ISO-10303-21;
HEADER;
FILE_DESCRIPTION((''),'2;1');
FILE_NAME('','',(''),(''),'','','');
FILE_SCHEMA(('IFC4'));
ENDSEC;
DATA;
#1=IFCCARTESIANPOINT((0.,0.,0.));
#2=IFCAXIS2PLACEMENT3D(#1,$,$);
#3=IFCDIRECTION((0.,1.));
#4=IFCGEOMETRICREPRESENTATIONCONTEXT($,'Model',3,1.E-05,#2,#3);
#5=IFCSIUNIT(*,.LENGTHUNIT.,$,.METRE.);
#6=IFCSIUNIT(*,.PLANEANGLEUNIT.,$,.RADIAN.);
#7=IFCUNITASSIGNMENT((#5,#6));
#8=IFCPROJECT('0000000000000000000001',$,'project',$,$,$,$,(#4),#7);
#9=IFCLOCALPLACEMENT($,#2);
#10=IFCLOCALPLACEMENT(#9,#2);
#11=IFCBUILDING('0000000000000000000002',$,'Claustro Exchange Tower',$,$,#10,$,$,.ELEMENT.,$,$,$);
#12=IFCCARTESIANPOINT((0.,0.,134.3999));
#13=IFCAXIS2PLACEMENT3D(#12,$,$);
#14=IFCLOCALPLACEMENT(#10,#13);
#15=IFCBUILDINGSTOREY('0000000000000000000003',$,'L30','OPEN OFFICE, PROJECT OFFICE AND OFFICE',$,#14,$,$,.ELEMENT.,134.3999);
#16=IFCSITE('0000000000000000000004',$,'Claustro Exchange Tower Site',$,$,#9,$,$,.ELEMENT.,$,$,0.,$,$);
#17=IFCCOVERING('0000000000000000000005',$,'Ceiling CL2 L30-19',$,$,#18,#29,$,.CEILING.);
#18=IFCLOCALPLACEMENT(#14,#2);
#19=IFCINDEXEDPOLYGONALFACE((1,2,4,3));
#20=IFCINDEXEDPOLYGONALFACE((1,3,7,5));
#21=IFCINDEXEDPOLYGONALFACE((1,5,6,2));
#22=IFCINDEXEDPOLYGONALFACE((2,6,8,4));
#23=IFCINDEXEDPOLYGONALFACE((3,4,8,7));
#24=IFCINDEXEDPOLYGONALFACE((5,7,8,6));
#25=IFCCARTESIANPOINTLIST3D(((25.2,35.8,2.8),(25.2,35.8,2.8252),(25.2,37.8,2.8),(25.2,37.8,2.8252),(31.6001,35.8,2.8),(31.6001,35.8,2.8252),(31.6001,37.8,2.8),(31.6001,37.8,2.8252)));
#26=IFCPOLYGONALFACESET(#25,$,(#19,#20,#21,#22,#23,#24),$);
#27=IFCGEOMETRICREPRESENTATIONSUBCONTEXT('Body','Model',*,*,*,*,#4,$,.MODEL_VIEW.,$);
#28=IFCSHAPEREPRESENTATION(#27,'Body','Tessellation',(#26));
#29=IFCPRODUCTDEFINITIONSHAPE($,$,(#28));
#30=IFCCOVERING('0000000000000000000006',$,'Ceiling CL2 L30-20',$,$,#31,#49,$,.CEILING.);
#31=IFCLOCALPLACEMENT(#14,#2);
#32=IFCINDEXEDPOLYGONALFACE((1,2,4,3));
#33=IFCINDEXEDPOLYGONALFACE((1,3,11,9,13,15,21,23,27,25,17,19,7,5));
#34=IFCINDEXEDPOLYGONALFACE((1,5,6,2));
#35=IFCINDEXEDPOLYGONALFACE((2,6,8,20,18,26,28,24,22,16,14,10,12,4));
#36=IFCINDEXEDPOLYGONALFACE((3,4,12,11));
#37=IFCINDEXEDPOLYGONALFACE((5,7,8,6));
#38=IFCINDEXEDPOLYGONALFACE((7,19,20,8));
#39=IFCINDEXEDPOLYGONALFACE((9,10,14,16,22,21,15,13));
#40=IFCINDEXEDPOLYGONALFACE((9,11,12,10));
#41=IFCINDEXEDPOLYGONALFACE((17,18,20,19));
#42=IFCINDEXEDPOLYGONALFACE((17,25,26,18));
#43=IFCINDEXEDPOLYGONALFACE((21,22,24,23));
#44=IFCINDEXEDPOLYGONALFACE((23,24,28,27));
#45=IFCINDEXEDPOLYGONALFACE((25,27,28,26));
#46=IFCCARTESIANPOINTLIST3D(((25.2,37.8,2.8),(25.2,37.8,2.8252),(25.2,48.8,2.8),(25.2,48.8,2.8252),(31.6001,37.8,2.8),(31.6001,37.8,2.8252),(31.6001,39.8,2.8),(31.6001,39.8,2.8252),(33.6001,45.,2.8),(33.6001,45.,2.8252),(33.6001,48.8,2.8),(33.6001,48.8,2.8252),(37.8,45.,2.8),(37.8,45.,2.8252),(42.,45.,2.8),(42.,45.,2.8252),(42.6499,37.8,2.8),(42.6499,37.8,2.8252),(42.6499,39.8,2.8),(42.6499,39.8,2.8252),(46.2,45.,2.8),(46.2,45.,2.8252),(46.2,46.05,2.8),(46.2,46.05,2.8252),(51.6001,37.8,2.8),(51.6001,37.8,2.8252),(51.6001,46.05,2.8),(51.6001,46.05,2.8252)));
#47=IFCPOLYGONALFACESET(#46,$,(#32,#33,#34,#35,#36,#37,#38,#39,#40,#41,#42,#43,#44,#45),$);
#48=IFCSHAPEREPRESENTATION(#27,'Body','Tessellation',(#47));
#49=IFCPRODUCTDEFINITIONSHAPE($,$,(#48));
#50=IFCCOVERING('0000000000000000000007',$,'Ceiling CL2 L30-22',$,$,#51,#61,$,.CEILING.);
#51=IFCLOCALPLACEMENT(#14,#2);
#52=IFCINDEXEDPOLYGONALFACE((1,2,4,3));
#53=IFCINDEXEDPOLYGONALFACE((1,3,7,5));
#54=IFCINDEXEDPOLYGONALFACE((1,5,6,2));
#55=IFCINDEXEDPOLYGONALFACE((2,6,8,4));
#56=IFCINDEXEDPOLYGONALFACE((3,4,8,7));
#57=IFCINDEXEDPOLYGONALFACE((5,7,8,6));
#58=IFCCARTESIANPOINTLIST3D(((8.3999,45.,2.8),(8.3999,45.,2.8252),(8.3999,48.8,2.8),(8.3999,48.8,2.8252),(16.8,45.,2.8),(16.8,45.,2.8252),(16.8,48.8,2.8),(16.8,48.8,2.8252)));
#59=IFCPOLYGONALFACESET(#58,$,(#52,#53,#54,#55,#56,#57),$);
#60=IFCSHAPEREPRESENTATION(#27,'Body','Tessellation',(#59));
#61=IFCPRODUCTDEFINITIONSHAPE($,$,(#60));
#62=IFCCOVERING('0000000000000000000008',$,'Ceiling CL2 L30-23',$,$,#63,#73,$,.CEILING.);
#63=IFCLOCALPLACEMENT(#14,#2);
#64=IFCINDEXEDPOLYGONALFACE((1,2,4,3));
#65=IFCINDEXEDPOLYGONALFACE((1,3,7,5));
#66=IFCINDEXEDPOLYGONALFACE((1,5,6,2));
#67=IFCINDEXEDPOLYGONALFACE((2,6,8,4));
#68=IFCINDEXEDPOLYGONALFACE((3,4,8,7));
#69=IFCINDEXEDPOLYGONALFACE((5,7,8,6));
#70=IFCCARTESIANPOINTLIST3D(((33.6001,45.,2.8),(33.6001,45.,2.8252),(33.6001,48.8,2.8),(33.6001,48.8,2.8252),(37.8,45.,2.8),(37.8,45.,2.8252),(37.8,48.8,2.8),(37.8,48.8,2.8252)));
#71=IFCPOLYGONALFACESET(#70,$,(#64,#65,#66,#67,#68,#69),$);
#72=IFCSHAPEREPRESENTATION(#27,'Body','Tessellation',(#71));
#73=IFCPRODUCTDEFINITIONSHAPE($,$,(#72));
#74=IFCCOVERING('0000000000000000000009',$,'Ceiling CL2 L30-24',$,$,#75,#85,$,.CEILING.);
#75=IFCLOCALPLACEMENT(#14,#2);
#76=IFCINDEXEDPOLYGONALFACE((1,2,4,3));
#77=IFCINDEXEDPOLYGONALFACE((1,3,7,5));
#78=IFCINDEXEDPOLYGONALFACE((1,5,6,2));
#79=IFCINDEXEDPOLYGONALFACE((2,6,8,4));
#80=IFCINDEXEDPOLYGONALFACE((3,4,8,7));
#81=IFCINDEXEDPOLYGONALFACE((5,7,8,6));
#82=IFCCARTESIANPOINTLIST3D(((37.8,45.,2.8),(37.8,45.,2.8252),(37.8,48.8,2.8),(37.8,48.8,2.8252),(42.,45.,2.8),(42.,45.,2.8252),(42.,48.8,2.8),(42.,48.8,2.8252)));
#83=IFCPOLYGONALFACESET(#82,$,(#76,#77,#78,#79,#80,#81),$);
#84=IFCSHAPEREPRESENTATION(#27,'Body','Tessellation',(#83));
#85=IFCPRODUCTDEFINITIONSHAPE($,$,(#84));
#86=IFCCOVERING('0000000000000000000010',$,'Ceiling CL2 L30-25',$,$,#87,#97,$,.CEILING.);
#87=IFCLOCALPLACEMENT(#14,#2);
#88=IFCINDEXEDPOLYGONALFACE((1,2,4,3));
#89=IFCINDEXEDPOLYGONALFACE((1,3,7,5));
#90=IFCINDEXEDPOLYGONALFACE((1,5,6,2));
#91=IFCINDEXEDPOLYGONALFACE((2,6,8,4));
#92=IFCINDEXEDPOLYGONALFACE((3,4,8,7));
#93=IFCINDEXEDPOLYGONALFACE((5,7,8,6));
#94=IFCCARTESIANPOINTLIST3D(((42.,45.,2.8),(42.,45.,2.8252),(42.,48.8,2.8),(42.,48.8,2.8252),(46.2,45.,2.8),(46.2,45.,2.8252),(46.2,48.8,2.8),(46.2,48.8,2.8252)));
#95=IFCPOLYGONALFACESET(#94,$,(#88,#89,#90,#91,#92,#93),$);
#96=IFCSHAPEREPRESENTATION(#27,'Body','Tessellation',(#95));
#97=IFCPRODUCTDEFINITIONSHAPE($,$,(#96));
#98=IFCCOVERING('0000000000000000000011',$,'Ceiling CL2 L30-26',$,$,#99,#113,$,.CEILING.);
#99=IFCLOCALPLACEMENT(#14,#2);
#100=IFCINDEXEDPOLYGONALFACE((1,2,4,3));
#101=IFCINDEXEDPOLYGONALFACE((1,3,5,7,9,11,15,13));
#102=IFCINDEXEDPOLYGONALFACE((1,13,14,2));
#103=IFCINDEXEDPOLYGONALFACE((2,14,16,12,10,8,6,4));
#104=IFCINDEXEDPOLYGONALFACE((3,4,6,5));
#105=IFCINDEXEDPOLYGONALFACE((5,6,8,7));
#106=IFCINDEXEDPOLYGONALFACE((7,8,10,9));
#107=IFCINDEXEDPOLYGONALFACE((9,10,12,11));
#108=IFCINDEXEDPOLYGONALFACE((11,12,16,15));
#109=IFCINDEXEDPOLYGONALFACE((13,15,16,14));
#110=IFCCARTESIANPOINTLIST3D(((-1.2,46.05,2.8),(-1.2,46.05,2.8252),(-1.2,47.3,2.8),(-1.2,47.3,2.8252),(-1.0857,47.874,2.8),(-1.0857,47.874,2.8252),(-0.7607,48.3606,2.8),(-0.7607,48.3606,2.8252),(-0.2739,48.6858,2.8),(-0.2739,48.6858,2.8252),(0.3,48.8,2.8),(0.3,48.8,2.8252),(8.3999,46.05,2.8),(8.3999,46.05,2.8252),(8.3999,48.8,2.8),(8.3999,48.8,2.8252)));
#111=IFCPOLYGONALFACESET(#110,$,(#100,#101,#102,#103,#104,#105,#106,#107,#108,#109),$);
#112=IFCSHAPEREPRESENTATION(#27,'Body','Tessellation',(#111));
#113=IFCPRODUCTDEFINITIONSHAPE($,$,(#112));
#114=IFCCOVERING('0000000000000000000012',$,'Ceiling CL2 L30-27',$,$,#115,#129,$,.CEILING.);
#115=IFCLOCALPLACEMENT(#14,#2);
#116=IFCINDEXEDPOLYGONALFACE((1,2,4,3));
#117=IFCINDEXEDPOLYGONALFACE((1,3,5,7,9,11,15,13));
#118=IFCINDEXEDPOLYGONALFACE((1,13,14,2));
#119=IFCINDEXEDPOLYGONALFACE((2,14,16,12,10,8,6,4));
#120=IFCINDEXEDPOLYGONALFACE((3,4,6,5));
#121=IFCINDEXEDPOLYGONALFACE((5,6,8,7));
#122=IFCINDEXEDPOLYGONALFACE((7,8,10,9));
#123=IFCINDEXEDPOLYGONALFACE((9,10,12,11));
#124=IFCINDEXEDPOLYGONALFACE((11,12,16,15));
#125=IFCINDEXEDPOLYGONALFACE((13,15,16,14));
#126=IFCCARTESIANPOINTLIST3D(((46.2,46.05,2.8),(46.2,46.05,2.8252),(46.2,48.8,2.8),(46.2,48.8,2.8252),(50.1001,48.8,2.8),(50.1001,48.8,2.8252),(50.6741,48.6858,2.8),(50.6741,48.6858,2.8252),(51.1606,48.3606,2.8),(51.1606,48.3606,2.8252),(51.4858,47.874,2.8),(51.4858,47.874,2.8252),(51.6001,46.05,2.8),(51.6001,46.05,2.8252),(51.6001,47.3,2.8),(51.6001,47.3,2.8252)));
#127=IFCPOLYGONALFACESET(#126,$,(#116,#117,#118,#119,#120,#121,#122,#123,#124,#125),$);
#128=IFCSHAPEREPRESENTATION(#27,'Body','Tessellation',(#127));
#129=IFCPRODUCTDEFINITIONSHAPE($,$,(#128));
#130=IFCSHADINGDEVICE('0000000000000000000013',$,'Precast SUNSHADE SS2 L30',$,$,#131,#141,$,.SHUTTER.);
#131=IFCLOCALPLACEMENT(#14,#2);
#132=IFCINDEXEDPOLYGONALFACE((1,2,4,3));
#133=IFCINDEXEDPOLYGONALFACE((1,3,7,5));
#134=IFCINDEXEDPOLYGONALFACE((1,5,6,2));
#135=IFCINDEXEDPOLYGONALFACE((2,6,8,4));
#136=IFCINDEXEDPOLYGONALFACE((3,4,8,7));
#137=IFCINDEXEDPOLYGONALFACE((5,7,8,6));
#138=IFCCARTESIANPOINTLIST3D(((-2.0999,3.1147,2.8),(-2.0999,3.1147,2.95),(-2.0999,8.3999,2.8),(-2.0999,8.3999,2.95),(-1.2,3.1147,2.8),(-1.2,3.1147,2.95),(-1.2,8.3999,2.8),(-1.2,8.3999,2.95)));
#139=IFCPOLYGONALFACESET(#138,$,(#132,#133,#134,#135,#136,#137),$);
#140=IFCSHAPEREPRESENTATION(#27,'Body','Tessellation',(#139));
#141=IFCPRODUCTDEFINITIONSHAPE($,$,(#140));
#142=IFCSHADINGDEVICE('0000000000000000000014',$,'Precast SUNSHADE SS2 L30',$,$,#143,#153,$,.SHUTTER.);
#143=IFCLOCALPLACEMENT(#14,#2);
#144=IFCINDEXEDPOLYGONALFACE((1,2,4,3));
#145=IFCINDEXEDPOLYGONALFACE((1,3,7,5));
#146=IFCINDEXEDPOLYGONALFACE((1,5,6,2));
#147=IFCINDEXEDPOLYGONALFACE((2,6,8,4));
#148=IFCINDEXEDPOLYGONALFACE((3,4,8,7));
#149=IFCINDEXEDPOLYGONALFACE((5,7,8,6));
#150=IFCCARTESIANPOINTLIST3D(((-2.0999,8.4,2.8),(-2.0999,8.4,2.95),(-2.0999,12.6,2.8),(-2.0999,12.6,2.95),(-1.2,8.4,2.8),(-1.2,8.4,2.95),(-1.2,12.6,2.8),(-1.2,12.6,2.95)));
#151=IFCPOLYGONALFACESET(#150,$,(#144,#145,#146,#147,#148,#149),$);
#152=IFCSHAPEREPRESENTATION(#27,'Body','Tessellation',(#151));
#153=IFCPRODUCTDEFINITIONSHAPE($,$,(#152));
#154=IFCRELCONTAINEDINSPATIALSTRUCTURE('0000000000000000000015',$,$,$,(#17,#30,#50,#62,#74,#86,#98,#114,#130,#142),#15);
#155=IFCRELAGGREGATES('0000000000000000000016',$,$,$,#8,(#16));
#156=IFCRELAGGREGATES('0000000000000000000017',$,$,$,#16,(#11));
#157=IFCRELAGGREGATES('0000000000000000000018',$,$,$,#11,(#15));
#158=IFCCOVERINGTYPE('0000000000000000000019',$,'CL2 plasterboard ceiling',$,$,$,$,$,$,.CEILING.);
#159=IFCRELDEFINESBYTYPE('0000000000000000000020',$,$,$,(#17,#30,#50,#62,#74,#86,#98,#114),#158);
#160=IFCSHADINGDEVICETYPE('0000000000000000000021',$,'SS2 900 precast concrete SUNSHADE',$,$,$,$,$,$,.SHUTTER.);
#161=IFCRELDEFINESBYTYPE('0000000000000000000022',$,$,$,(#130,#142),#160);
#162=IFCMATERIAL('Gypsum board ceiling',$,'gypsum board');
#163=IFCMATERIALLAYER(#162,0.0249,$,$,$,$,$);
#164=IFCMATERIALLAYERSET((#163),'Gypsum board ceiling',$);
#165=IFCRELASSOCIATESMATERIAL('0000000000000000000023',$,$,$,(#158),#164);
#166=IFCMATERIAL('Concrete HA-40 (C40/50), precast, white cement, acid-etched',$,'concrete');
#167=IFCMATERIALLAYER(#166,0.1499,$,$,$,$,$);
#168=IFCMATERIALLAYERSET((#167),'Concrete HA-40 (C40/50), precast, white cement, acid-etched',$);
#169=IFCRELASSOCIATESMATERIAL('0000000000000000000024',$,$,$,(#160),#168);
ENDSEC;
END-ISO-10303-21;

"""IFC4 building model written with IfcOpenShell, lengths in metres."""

from ifc_helpers import new_model, si_unit, direction, frame, origin, origin_2d, place, context, subcontext, project, spatial, polyline, rectangle, outline, extrude, material, layer, layer_set, type_object, element, save


model = new_model("IFC4")

# Units and contexts
model_context = context("Model", 3, precision=1e-05, world=origin(), true_north=direction((0.0, 1.0)))
body_context = subcontext(model_context, "Body", "Model", "MODEL_VIEW")
ifc_project = project(units=[si_unit("LENGTHUNIT", "METRE"), si_unit("PLANEANGLEUNIT", "RADIAN")], contexts=[model_context])

# Site, building, storey
site_placement = place(None, origin())
site = spatial("IfcSite", under=ifc_project, at=site_placement, Name="Claustro Exchange Tower Site", CompositionType="ELEMENT", RefElevation=0.0)
building_placement = place(site_placement, origin())
building = spatial("IfcBuilding", under=site, at=building_placement, Name="Claustro Exchange Tower", CompositionType="ELEMENT")
storey_placement = place(building_placement, frame((0.0, 0.0, 134.3999)))
storey = spatial("IfcBuildingStorey", under=building, at=storey_placement, Name="L30", Description="OPEN OFFICE, PROJECT OFFICE AND OFFICE", CompositionType="ELEMENT", Elevation=134.3999)

# Coverings
ifc_material_1 = material(Name="Gypsum board ceiling", Category="gypsum board")
ifc_layer_1 = layer(ifc_material_1, 0.0249)
ifc_layer_set_1 = layer_set([ifc_layer_1], Name="Gypsum board ceiling")
covering_type_1 = type_object("IfcCoveringType", Name="CL2 plasterboard ceiling", PredefinedType="CEILING", material=ifc_layer_set_1)
covering_1_placement = place(storey_placement, frame((0.0, 0.0, 2.8)))
element("IfcCovering", 1, at=covering_1_placement, inside=storey, type_object=covering_type_1, Name="Ceiling CL2 L30-19", PredefinedType="CEILING", context=body_context, shape_type="SweptSolid", body=[
    extrude(outline(polyline([(25.2, 35.8), (31.6001, 35.8), (31.6001, 37.8), (25.2, 37.8), (25.2, 35.8)])), origin(), (0.0, 0.0, 1.0), 0.0251),
])
covering_2_placement = place(storey_placement, frame((0.0, 0.0, 2.8)))
element("IfcCovering", 2, at=covering_2_placement, inside=storey, type_object=covering_type_1, Name="Ceiling CL2 L30-20", PredefinedType="CEILING", context=body_context, shape_type="SweptSolid", body=[
    extrude(outline(polyline([(33.6001, 48.8), (25.2, 48.8), (25.2, 37.8), (31.6001, 37.8), (31.6001, 39.8), (42.6499, 39.8), (42.6499, 37.8), (51.6001, 37.8), (51.6001, 46.05), (46.2, 46.05), (46.2, 45.0), (42.0, 45.0), (37.8, 45.0), (33.6001, 45.0), (33.6001, 48.8)])), origin(), (0.0, 0.0, 1.0), 0.0251),
])
covering_3_placement = place(storey_placement, frame((0.0, 0.0, 2.8)))
element("IfcCovering", 3, at=covering_3_placement, inside=storey, type_object=covering_type_1, Name="Ceiling CL2 L30-22", PredefinedType="CEILING", context=body_context, shape_type="SweptSolid", body=[
    extrude(outline(polyline([(16.8, 48.8), (8.3999, 48.8), (8.3999, 45.0), (16.8, 45.0), (16.8, 48.8)])), origin(), (0.0, 0.0, 1.0), 0.0251),
])
covering_4_placement = place(storey_placement, frame((0.0, 0.0, 2.8)))
element("IfcCovering", 4, at=covering_4_placement, inside=storey, type_object=covering_type_1, Name="Ceiling CL2 L30-23", PredefinedType="CEILING", context=body_context, shape_type="SweptSolid", body=[
    extrude(outline(polyline([(37.8, 48.8), (33.6001, 48.8), (33.6001, 45.0), (37.8, 45.0), (37.8, 48.8)])), origin(), (0.0, 0.0, 1.0), 0.0251),
])
covering_5_placement = place(storey_placement, frame((0.0, 0.0, 2.8)))
element("IfcCovering", 5, at=covering_5_placement, inside=storey, type_object=covering_type_1, Name="Ceiling CL2 L30-24", PredefinedType="CEILING", context=body_context, shape_type="SweptSolid", body=[
    extrude(outline(polyline([(42.0, 48.8), (37.8, 48.8), (37.8, 45.0), (42.0, 45.0), (42.0, 48.8)])), origin(), (0.0, 0.0, 1.0), 0.0251),
])
covering_6_placement = place(storey_placement, frame((0.0, 0.0, 2.8)))
element("IfcCovering", 6, at=covering_6_placement, inside=storey, type_object=covering_type_1, Name="Ceiling CL2 L30-25", PredefinedType="CEILING", context=body_context, shape_type="SweptSolid", body=[
    extrude(outline(polyline([(46.2, 48.8), (42.0, 48.8), (42.0, 45.0), (46.2, 45.0), (46.2, 48.8)])), origin(), (0.0, 0.0, 1.0), 0.0251),
])
covering_7_placement = place(storey_placement, frame((0.0, 0.0, 2.8)))
element("IfcCovering", 7, at=covering_7_placement, inside=storey, type_object=covering_type_1, Name="Ceiling CL2 L30-26", PredefinedType="CEILING", context=body_context, shape_type="SweptSolid", body=[
    extrude(outline(polyline([(-1.2, 47.3), (-1.2, 46.05), (8.3999, 46.05), (8.3999, 48.8), (0.3, 48.8), (-0.2739, 48.6858), (-0.7607, 48.3606), (-1.0857, 47.874), (-1.2, 47.3)])), origin(), (0.0, 0.0, 1.0), 0.0251),
])
covering_8_placement = place(storey_placement, frame((0.0, 0.0, 2.8)))
element("IfcCovering", 8, at=covering_8_placement, inside=storey, type_object=covering_type_1, Name="Ceiling CL2 L30-27", PredefinedType="CEILING", context=body_context, shape_type="SweptSolid", body=[
    extrude(outline(polyline([(50.1001, 48.8), (46.2, 48.8), (46.2, 46.05), (51.6001, 46.05), (51.6001, 47.3), (51.4858, 47.874), (51.1606, 48.3606), (50.6741, 48.6858), (50.1001, 48.8)])), origin(), (0.0, 0.0, 1.0), 0.0251),
])

# Shading devices
ifc_material_2 = material(Name="Concrete HA-40 (C40/50), precast, white cement, acid-etched", Category="concrete")
ifc_layer_2 = layer(ifc_material_2, 0.1499)
ifc_layer_set_2 = layer_set([ifc_layer_2], Name="Concrete HA-40 (C40/50), precast, white cement, acid-etched")
shading_device_type = type_object("IfcShadingDeviceType", Name="SS2 900 precast concrete SUNSHADE", PredefinedType="SHUTTER", material=ifc_layer_set_2)
shading_device_1_placement = place(storey_placement, frame((-1.6499, 5.7573, 2.8), z_axis=(0.0, 0.0, 1.0), x_axis=(0.0, 1.0, 0.0)))
element("IfcShadingDevice", 9, at=shading_device_1_placement, inside=storey, type_object=shading_device_type, Name="Precast SUNSHADE SS2 L30", PredefinedType="SHUTTER", context=body_context, shape_type="SweptSolid", body=[
    extrude(rectangle(XDim=5.2852, YDim=0.8999, at=origin_2d()), origin(), (0.0, 0.0, 1.0), 0.1499),
])
shading_device_2_placement = place(storey_placement, frame((-1.6499, 10.5, 2.8), z_axis=(0.0, 0.0, 1.0), x_axis=(0.0, 1.0, 0.0)))
element("IfcShadingDevice", 10, at=shading_device_2_placement, inside=storey, type_object=shading_device_type, Name="Precast SUNSHADE SS2 L30", PredefinedType="SHUTTER", context=body_context, shape_type="SweptSolid", body=[
    extrude(rectangle(XDim=4.2, YDim=0.8999, at=origin_2d()), origin(), (0.0, 0.0, 1.0), 0.1499),
])

save(model, "model.ifc")
